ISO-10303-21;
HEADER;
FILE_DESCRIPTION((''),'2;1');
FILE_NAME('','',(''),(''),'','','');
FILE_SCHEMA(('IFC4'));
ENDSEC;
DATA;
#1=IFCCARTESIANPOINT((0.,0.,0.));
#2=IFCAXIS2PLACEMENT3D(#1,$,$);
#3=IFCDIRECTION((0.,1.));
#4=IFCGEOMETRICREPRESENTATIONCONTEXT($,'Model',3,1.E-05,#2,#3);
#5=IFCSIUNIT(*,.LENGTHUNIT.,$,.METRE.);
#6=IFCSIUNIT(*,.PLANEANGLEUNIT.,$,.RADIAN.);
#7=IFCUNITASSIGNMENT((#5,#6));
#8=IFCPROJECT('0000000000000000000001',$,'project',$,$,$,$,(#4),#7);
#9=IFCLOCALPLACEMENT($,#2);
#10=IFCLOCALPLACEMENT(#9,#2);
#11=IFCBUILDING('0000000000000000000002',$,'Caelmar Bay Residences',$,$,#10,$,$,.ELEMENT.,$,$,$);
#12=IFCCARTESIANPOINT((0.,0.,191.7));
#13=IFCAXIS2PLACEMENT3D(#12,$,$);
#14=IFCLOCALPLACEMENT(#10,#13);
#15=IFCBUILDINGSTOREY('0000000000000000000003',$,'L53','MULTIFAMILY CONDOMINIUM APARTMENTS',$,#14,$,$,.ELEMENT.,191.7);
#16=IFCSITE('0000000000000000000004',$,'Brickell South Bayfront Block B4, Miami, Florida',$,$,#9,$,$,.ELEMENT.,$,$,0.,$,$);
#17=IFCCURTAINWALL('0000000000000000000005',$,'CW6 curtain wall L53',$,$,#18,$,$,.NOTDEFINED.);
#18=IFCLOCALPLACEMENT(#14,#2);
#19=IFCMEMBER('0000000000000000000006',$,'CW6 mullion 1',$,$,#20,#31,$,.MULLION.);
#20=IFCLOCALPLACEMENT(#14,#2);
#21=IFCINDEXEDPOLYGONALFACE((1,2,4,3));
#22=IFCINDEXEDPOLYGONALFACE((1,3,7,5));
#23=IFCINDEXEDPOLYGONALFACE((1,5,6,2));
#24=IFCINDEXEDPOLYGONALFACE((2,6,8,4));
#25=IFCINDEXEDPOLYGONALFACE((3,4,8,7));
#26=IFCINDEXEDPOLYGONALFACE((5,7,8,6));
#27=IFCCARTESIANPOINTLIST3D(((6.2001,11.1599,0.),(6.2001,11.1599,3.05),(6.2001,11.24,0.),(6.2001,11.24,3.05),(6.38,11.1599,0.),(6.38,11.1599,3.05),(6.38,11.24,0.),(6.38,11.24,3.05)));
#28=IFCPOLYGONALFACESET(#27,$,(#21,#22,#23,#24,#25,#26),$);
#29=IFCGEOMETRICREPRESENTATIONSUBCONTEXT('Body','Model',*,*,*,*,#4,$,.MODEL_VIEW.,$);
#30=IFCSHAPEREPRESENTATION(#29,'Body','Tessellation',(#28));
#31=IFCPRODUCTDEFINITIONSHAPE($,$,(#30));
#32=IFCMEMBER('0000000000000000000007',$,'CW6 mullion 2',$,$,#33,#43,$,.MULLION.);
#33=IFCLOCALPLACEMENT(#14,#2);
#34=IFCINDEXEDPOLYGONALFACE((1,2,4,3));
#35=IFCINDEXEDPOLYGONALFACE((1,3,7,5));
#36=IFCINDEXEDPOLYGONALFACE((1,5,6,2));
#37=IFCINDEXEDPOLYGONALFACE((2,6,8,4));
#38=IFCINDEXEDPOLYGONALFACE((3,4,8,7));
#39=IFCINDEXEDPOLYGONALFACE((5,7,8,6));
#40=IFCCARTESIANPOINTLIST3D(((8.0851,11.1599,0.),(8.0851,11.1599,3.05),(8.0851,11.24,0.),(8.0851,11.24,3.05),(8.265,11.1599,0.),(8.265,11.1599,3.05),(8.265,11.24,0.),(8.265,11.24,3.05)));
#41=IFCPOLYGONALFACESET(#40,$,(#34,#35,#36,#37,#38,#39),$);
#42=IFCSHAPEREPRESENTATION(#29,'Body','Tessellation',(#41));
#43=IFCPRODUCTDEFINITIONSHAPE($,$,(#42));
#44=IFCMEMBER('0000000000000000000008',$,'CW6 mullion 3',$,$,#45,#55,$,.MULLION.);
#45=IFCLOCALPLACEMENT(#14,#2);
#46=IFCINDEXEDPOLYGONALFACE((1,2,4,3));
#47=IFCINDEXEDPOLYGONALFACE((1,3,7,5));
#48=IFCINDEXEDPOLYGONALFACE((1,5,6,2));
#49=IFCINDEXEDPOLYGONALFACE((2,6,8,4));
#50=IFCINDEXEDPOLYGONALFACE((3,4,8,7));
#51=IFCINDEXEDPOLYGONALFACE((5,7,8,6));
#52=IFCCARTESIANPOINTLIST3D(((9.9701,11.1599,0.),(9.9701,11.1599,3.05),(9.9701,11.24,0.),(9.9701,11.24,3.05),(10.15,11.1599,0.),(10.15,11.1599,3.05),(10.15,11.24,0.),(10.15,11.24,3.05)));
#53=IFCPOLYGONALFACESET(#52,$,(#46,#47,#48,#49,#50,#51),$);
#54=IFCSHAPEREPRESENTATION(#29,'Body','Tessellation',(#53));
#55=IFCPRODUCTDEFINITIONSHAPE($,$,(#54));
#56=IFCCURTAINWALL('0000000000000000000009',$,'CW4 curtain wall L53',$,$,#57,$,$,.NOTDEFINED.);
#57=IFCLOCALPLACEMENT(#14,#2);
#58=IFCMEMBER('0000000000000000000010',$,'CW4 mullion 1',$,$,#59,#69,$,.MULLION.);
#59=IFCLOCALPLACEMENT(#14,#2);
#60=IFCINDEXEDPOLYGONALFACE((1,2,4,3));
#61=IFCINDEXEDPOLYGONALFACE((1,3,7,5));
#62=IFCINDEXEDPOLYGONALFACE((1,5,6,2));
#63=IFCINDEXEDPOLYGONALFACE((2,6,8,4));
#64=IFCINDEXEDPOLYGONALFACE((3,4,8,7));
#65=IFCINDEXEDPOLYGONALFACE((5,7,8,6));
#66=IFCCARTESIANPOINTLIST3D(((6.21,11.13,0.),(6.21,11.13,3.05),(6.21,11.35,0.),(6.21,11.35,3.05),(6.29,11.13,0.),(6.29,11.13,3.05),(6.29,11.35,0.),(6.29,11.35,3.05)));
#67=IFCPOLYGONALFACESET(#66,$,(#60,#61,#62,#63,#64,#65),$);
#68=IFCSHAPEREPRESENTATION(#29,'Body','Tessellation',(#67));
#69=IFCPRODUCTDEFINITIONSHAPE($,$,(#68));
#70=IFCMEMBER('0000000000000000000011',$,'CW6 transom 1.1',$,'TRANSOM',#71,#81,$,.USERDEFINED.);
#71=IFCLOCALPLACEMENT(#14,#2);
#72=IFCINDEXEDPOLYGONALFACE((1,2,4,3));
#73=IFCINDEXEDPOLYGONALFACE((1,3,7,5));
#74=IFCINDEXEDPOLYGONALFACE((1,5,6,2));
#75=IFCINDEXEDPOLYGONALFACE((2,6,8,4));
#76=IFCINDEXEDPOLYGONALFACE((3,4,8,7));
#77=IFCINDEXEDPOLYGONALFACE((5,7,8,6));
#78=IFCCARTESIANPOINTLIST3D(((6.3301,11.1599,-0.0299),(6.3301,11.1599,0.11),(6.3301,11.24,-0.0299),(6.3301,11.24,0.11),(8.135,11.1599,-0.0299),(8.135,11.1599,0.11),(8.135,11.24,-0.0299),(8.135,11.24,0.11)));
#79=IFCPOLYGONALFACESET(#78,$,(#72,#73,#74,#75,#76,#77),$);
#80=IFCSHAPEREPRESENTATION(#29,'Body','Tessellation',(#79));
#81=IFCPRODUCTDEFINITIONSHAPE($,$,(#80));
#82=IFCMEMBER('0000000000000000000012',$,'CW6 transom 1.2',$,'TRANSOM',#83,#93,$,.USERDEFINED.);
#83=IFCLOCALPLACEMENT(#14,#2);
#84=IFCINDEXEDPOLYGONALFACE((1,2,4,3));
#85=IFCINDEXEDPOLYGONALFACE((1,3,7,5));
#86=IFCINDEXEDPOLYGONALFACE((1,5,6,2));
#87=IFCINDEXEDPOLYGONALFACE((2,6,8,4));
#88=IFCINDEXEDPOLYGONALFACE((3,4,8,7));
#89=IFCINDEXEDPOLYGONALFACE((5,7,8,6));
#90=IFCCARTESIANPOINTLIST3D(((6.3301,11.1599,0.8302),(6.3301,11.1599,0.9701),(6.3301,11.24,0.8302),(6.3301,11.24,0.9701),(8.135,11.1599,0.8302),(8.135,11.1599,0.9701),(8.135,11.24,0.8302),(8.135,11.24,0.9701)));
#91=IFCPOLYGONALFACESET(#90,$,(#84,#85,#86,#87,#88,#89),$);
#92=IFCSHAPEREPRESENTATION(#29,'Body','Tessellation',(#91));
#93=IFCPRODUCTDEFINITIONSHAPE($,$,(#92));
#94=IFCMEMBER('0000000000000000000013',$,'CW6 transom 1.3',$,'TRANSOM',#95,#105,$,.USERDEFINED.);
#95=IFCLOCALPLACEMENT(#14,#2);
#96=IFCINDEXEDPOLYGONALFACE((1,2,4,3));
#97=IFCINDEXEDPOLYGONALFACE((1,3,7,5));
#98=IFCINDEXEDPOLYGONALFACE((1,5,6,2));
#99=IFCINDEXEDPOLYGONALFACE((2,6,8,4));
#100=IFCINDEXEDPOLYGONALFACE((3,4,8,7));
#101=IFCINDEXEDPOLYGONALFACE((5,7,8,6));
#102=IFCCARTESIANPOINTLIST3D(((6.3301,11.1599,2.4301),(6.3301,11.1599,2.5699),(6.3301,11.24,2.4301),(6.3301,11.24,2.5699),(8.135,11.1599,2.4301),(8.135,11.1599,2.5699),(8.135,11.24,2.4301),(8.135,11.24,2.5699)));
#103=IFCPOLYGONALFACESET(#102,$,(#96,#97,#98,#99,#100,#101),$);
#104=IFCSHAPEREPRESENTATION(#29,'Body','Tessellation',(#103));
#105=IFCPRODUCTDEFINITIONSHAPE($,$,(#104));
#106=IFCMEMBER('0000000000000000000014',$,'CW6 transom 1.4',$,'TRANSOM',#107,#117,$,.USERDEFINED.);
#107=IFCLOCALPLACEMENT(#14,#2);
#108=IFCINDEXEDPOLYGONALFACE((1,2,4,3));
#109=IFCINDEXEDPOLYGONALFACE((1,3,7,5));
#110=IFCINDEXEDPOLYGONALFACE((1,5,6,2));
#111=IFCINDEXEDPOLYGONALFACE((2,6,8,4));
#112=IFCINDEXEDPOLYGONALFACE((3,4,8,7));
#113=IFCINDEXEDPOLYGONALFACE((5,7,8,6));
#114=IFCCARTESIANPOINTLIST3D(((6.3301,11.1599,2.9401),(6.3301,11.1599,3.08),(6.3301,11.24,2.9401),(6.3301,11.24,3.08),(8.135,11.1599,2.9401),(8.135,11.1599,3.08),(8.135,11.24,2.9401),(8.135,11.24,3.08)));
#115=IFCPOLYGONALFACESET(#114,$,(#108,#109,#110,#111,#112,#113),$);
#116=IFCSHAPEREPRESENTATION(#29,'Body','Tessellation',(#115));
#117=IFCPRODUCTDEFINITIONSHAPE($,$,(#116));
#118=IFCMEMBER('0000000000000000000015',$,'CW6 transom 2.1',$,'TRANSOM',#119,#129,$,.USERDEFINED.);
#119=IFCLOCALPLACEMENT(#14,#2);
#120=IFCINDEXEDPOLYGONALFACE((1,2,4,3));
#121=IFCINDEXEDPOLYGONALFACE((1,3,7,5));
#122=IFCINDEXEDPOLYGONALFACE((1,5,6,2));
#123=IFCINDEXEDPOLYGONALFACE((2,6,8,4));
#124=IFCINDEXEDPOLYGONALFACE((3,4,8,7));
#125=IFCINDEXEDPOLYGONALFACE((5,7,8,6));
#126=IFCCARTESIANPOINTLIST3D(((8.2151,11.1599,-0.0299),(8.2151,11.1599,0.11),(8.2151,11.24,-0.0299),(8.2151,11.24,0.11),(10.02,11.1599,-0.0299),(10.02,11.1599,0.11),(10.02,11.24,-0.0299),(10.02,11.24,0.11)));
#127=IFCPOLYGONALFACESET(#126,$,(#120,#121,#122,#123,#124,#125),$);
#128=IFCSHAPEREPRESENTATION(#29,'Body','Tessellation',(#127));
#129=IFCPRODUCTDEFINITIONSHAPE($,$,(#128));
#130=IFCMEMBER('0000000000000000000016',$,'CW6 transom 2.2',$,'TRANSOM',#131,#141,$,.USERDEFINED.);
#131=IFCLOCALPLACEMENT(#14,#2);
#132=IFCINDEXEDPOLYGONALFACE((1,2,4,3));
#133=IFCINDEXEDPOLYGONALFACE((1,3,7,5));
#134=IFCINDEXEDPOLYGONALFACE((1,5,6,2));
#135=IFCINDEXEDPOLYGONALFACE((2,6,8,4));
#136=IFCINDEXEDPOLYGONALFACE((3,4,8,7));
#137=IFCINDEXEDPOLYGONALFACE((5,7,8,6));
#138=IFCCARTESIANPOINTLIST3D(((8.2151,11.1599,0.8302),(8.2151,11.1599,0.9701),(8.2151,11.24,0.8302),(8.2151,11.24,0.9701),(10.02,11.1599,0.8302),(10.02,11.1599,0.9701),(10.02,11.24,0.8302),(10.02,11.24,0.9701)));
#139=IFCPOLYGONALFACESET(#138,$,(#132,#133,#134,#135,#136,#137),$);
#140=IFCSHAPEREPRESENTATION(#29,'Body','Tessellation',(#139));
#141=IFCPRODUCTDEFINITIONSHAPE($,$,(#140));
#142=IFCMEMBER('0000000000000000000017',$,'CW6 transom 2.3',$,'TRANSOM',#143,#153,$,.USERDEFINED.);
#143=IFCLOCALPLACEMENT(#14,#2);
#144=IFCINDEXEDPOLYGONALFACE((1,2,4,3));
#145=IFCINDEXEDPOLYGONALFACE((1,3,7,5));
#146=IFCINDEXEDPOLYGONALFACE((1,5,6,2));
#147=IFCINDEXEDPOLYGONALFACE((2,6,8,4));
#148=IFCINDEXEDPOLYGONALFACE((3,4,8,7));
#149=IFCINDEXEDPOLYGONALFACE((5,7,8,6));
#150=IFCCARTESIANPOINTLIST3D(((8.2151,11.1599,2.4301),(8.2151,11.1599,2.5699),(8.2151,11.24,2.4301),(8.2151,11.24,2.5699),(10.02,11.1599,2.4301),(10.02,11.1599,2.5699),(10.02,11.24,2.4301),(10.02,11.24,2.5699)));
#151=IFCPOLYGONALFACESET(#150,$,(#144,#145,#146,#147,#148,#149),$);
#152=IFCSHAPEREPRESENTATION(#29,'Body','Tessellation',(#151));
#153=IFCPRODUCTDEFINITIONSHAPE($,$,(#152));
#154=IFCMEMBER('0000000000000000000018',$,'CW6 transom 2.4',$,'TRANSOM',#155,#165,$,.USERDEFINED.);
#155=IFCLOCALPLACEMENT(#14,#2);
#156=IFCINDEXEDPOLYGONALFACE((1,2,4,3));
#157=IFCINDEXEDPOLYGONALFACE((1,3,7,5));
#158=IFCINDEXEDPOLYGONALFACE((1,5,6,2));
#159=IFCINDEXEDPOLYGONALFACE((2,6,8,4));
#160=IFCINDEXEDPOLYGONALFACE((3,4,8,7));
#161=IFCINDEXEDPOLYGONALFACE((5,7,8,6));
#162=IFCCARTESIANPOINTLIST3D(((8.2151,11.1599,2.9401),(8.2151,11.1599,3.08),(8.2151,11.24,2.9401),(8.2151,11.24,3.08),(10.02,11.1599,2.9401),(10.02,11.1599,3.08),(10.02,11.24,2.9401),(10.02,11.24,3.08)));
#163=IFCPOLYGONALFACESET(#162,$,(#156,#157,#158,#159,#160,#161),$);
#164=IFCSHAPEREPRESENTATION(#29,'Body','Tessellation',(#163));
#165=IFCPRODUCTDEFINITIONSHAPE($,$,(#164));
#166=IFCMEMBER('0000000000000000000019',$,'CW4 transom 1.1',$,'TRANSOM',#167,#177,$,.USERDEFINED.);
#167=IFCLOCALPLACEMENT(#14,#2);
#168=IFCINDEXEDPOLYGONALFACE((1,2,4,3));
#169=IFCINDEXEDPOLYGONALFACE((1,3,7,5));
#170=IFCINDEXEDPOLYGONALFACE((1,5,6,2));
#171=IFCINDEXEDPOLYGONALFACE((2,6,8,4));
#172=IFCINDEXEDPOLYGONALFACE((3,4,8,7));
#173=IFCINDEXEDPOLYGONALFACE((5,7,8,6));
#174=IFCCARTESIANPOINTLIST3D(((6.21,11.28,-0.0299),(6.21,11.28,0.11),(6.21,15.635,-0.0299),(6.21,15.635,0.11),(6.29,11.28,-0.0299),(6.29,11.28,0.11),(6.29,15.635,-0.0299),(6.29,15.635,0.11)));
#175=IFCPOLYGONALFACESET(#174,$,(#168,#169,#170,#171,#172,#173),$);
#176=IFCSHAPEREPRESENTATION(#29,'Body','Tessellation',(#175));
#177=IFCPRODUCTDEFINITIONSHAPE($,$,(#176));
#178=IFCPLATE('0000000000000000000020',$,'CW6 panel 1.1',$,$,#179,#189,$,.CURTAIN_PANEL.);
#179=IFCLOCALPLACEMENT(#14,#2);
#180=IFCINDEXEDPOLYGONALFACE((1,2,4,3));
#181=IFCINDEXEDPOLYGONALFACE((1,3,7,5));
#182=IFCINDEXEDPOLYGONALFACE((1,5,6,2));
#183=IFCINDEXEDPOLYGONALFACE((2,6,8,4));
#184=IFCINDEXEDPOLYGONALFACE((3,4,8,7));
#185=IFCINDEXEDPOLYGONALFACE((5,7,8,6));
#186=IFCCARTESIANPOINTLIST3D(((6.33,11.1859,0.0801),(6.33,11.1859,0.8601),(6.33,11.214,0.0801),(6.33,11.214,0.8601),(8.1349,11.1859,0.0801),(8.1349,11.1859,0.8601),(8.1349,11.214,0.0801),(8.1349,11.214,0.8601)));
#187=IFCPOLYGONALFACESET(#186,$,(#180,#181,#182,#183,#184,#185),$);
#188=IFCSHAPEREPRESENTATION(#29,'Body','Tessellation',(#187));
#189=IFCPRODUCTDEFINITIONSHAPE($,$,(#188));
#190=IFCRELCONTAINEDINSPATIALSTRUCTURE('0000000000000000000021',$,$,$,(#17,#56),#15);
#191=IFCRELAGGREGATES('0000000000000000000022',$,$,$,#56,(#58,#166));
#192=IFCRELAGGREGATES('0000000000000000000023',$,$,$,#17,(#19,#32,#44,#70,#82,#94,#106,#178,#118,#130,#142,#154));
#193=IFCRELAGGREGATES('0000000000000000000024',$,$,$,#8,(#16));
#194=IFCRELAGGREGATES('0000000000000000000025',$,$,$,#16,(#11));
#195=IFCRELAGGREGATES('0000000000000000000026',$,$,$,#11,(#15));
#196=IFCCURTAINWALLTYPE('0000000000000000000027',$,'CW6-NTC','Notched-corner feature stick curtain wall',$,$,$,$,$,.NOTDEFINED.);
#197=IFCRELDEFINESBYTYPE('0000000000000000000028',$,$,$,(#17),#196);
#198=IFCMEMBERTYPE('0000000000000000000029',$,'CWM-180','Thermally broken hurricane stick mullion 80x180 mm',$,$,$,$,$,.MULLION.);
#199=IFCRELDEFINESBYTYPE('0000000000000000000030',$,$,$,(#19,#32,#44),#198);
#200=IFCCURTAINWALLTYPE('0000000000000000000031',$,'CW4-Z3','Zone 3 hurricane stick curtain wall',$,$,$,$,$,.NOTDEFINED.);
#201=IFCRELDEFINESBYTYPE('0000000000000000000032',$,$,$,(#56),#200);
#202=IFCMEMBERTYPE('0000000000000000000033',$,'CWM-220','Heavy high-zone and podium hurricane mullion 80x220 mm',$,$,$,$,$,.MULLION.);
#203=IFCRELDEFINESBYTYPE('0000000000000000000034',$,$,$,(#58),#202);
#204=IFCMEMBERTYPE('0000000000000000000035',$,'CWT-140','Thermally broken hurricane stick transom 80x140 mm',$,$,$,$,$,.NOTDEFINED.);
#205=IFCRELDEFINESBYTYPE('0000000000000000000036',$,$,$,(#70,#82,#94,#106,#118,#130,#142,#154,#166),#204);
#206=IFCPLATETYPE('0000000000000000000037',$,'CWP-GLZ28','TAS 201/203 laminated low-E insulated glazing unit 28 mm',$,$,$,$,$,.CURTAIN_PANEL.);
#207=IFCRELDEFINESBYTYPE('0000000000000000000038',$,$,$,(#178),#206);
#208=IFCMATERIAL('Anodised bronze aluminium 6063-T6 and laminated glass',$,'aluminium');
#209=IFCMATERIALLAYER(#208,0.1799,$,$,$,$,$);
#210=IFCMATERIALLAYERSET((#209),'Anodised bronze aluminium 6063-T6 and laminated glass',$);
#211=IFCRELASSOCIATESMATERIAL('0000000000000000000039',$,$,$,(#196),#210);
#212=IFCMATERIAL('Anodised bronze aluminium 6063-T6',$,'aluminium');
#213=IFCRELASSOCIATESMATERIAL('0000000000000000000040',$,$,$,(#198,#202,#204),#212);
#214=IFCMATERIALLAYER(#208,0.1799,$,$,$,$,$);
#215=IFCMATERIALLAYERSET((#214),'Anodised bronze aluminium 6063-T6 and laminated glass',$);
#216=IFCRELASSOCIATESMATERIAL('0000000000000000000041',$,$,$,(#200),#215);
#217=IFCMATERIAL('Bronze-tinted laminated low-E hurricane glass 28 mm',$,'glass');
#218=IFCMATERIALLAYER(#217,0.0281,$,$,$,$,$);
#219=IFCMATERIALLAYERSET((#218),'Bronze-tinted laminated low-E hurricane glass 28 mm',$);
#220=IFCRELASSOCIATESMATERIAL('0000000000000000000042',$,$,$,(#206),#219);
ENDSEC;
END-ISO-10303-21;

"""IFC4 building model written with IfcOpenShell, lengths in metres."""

from ifc_helpers import new_model, si_unit, direction, frame, origin, origin_2d, place, context, subcontext, project, spatial, rectangle, extrude, material, layer, layer_set, material_profile, profile_set, type_object, element, aggregate, save


model = new_model("IFC4")

# Units and contexts
model_context = context("Model", 3, precision=1e-05, world=origin(), true_north=direction((0.0, 1.0)))
body_context = subcontext(model_context, "Body", "Model", "MODEL_VIEW")
ifc_project = project(units=[si_unit("LENGTHUNIT", "METRE"), si_unit("PLANEANGLEUNIT", "RADIAN")], contexts=[model_context])

# Site, building, storey
site_placement = place(None, origin())
site = spatial("IfcSite", under=ifc_project, at=site_placement, Name="Brickell South Bayfront Block B4, Miami, Florida", CompositionType="ELEMENT", RefElevation=0.0)
building_placement = place(site_placement, origin())
building = spatial("IfcBuilding", under=site, at=building_placement, Name="Caelmar Bay Residences", CompositionType="ELEMENT")
storey_placement = place(building_placement, frame((0.0, 0.0, 191.7)))
storey = spatial("IfcBuildingStorey", under=building, at=storey_placement, Name="L53", Description="MULTIFAMILY CONDOMINIUM APARTMENTS", CompositionType="ELEMENT", Elevation=191.7)

# Curtain wall, members
ifc_material_1 = material(Name="Anodised bronze aluminium 6063-T6 and laminated glass", Category="aluminium")
ifc_layer_1 = layer(ifc_material_1, 0.1799)
ifc_layer_set_1 = layer_set([ifc_layer_1], Name="Anodised bronze aluminium 6063-T6 and laminated glass")
curtain_wall_type_1 = type_object("IfcCurtainWallType", Name="CW6-NTC", Description="Notched-corner feature stick curtain wall", PredefinedType="NOTDEFINED", material=ifc_layer_set_1)
curtain_wall_1_placement = place(storey_placement, origin())
curtain_wall_1 = element("IfcCurtainWall", 1, at=curtain_wall_1_placement, inside=storey, type_object=curtain_wall_type_1, Name="CW6 curtain wall L53", PredefinedType="NOTDEFINED")
ifc_material_2 = material(Name="Anodised bronze aluminium 6063-T6", Category="aluminium")
ifc_material_profile_1 = material_profile(ifc_material_2, rectangle(XDim=0.0801, YDim=0.1799, at=origin_2d()), Name="CWM-80X180")
ifc_profile_set_1 = profile_set([ifc_material_profile_1], Name="Anodised bronze aluminium 6063-T6")
member_type_1 = type_object("IfcMemberType", Name="CWM-180", Description="Thermally broken hurricane stick mullion 80x180 mm", PredefinedType="MULLION", material=ifc_profile_set_1)
member_1_placement = place(storey_placement, frame((6.29, 11.2, 0.0), z_axis=(0.0, 0.0, 1.0), x_axis=(0.0, 1.0, 0.0)))
member_1 = element("IfcMember", 2, at=member_1_placement, type_object=member_type_1, Name="CW6 mullion 1", PredefinedType="MULLION", context=body_context, shape_type="SweptSolid", body=[
    extrude(rectangle(XDim=0.0801, YDim=0.1799, at=origin_2d()), origin(), (0.0, 0.0, 1.0), 3.05),
])
member_2_placement = place(storey_placement, frame((8.175, 11.2, 0.0), z_axis=(0.0, 0.0, 1.0), x_axis=(0.0, 1.0, 0.0)))
member_2 = element("IfcMember", 3, at=member_2_placement, type_object=member_type_1, Name="CW6 mullion 2", PredefinedType="MULLION", context=body_context, shape_type="SweptSolid", body=[
    extrude(rectangle(XDim=0.0801, YDim=0.1799, at=origin_2d()), origin(), (0.0, 0.0, 1.0), 3.05),
])
member_3_placement = place(storey_placement, frame((10.0601, 11.2, 0.0), z_axis=(0.0, 0.0, 1.0), x_axis=(0.0, 1.0, 0.0)))
member_3 = element("IfcMember", 4, at=member_3_placement, type_object=member_type_1, Name="CW6 mullion 3", PredefinedType="MULLION", context=body_context, shape_type="SweptSolid", body=[
    extrude(rectangle(XDim=0.0801, YDim=0.1799, at=origin_2d()), origin(), (0.0, 0.0, 1.0), 3.05),
])

# Curtain wall, member
ifc_layer_2 = layer(ifc_material_1, 0.1799)
ifc_layer_set_2 = layer_set([ifc_layer_2], Name="Anodised bronze aluminium 6063-T6 and laminated glass")
curtain_wall_type_2 = type_object("IfcCurtainWallType", Name="CW4-Z3", Description="Zone 3 hurricane stick curtain wall", PredefinedType="NOTDEFINED", material=ifc_layer_set_2)
curtain_wall_2_placement = place(storey_placement, origin())
curtain_wall_2 = element("IfcCurtainWall", 5, at=curtain_wall_2_placement, inside=storey, type_object=curtain_wall_type_2, Name="CW4 curtain wall L53", PredefinedType="NOTDEFINED")
ifc_material_profile_2 = material_profile(ifc_material_2, rectangle(XDim=0.0801, YDim=0.22, at=origin_2d()), Name="CWM-80X220")
ifc_profile_set_2 = profile_set([ifc_material_profile_2], Name="Anodised bronze aluminium 6063-T6")
member_type_2 = type_object("IfcMemberType", Name="CWM-220", Description="Heavy high-zone and podium hurricane mullion 80x220 mm", PredefinedType="MULLION", material=ifc_profile_set_2)
member_4_placement = place(storey_placement, frame((6.25, 11.24, 0.0), z_axis=(0.0, 0.0, 1.0), x_axis=(-1.0, 0.0, 0.0)))
member_4 = element("IfcMember", 6, at=member_4_placement, type_object=member_type_2, Name="CW4 mullion 1", PredefinedType="MULLION", context=body_context, shape_type="SweptSolid", body=[
    extrude(rectangle(XDim=0.0801, YDim=0.22, at=origin_2d()), origin(), (0.0, 0.0, 1.0), 3.05),
])

# Members
ifc_material_profile_3 = material_profile(ifc_material_2, rectangle(XDim=0.0801, YDim=0.1399, at=origin_2d()), Name="CWT-80X140")
ifc_profile_set_3 = profile_set([ifc_material_profile_3], Name="Anodised bronze aluminium 6063-T6")
member_type_3 = type_object("IfcMemberType", Name="CWT-140", Description="Thermally broken hurricane stick transom 80x140 mm", PredefinedType="NOTDEFINED", material=ifc_profile_set_3)
member_5_placement = place(storey_placement, frame((6.3301, 11.2, 0.04), z_axis=(1.0, 0.0, 0.0), x_axis=(0.0, 1.0, 0.0)))
member_5 = element("IfcMember", 7, at=member_5_placement, type_object=member_type_3, Name="CW6 transom 1.1", ObjectType="TRANSOM", PredefinedType="USERDEFINED", context=body_context, shape_type="SweptSolid", body=[
    extrude(rectangle(XDim=0.0801, YDim=0.1399, at=origin_2d()), origin(), (0.0, 0.0, 1.0), 1.8049),
])
member_6_placement = place(storey_placement, frame((6.3301, 11.2, 0.9001), z_axis=(1.0, 0.0, 0.0), x_axis=(0.0, 1.0, 0.0)))
member_6 = element("IfcMember", 8, at=member_6_placement, type_object=member_type_3, Name="CW6 transom 1.2", ObjectType="TRANSOM", PredefinedType="USERDEFINED", context=body_context, shape_type="SweptSolid", body=[
    extrude(rectangle(XDim=0.0801, YDim=0.1399, at=origin_2d()), origin(), (0.0, 0.0, 1.0), 1.8049),
])
member_7_placement = place(storey_placement, frame((6.3301, 11.2, 2.5), z_axis=(1.0, 0.0, 0.0), x_axis=(0.0, 1.0, 0.0)))
member_7 = element("IfcMember", 9, at=member_7_placement, type_object=member_type_3, Name="CW6 transom 1.3", ObjectType="TRANSOM", PredefinedType="USERDEFINED", context=body_context, shape_type="SweptSolid", body=[
    extrude(rectangle(XDim=0.0801, YDim=0.1399, at=origin_2d()), origin(), (0.0, 0.0, 1.0), 1.8049),
])
member_8_placement = place(storey_placement, frame((6.3301, 11.2, 3.01), z_axis=(1.0, 0.0, 0.0), x_axis=(0.0, 1.0, 0.0)))
member_8 = element("IfcMember", 10, at=member_8_placement, type_object=member_type_3, Name="CW6 transom 1.4", ObjectType="TRANSOM", PredefinedType="USERDEFINED", context=body_context, shape_type="SweptSolid", body=[
    extrude(rectangle(XDim=0.0801, YDim=0.1399, at=origin_2d()), origin(), (0.0, 0.0, 1.0), 1.8049),
])
member_9_placement = place(storey_placement, frame((8.2151, 11.2, 0.04), z_axis=(1.0, 0.0, 0.0), x_axis=(0.0, 1.0, 0.0)))
member_9 = element("IfcMember", 11, at=member_9_placement, type_object=member_type_3, Name="CW6 transom 2.1", ObjectType="TRANSOM", PredefinedType="USERDEFINED", context=body_context, shape_type="SweptSolid", body=[
    extrude(rectangle(XDim=0.0801, YDim=0.1399, at=origin_2d()), origin(), (0.0, 0.0, 1.0), 1.8049),
])
member_10_placement = place(storey_placement, frame((8.2151, 11.2, 0.9001), z_axis=(1.0, 0.0, 0.0), x_axis=(0.0, 1.0, 0.0)))
member_10 = element("IfcMember", 12, at=member_10_placement, type_object=member_type_3, Name="CW6 transom 2.2", ObjectType="TRANSOM", PredefinedType="USERDEFINED", context=body_context, shape_type="SweptSolid", body=[
    extrude(rectangle(XDim=0.0801, YDim=0.1399, at=origin_2d()), origin(), (0.0, 0.0, 1.0), 1.8049),
])
member_11_placement = place(storey_placement, frame((8.2151, 11.2, 2.5), z_axis=(1.0, 0.0, 0.0), x_axis=(0.0, 1.0, 0.0)))
member_11 = element("IfcMember", 13, at=member_11_placement, type_object=member_type_3, Name="CW6 transom 2.3", ObjectType="TRANSOM", PredefinedType="USERDEFINED", context=body_context, shape_type="SweptSolid", body=[
    extrude(rectangle(XDim=0.0801, YDim=0.1399, at=origin_2d()), origin(), (0.0, 0.0, 1.0), 1.8049),
])
member_12_placement = place(storey_placement, frame((8.2151, 11.2, 3.01), z_axis=(1.0, 0.0, 0.0), x_axis=(0.0, 1.0, 0.0)))
member_12 = element("IfcMember", 14, at=member_12_placement, type_object=member_type_3, Name="CW6 transom 2.4", ObjectType="TRANSOM", PredefinedType="USERDEFINED", context=body_context, shape_type="SweptSolid", body=[
    extrude(rectangle(XDim=0.0801, YDim=0.1399, at=origin_2d()), origin(), (0.0, 0.0, 1.0), 1.8049),
])
member_13_placement = place(storey_placement, frame((6.25, 11.28, 0.04), z_axis=(0.0, 1.0, 0.0), x_axis=(-1.0, 0.0, 0.0)))
member_13 = element("IfcMember", 15, at=member_13_placement, type_object=member_type_3, Name="CW4 transom 1.1", ObjectType="TRANSOM", PredefinedType="USERDEFINED", context=body_context, shape_type="SweptSolid", body=[
    extrude(rectangle(XDim=0.0801, YDim=0.1399, at=origin_2d()), origin(), (0.0, 0.0, 1.0), 4.355),
])
aggregate(curtain_wall_2, [member_4, member_13])

# Plate
ifc_material_3 = material(Name="Bronze-tinted laminated low-E hurricane glass 28 mm", Category="glass")
ifc_layer_3 = layer(ifc_material_3, 0.0281)
ifc_layer_set_3 = layer_set([ifc_layer_3], Name="Bronze-tinted laminated low-E hurricane glass 28 mm")
plate_type = type_object("IfcPlateType", Name="CWP-GLZ28", Description="TAS 201/203 laminated low-E insulated glazing unit 28 mm", PredefinedType="CURTAIN_PANEL", material=ifc_layer_set_3)
plate_1_placement = place(storey_placement, frame((7.2324, 11.2, 0.0801), z_axis=(0.0, 0.0, 1.0), x_axis=(1.0, 0.0, 0.0)))
plate_1 = element("IfcPlate", 16, at=plate_1_placement, type_object=plate_type, Name="CW6 panel 1.1", PredefinedType="CURTAIN_PANEL", context=body_context, shape_type="SweptSolid", body=[
    extrude(rectangle(XDim=1.8049, YDim=0.0281, at=origin_2d()), origin(), (0.0, 0.0, 1.0), 0.78),
])
aggregate(curtain_wall_1, [member_1, member_2, member_3, member_5, member_6, member_7, member_8, plate_1, member_9, member_10, member_11, member_12])

save(model, "model.ifc")
